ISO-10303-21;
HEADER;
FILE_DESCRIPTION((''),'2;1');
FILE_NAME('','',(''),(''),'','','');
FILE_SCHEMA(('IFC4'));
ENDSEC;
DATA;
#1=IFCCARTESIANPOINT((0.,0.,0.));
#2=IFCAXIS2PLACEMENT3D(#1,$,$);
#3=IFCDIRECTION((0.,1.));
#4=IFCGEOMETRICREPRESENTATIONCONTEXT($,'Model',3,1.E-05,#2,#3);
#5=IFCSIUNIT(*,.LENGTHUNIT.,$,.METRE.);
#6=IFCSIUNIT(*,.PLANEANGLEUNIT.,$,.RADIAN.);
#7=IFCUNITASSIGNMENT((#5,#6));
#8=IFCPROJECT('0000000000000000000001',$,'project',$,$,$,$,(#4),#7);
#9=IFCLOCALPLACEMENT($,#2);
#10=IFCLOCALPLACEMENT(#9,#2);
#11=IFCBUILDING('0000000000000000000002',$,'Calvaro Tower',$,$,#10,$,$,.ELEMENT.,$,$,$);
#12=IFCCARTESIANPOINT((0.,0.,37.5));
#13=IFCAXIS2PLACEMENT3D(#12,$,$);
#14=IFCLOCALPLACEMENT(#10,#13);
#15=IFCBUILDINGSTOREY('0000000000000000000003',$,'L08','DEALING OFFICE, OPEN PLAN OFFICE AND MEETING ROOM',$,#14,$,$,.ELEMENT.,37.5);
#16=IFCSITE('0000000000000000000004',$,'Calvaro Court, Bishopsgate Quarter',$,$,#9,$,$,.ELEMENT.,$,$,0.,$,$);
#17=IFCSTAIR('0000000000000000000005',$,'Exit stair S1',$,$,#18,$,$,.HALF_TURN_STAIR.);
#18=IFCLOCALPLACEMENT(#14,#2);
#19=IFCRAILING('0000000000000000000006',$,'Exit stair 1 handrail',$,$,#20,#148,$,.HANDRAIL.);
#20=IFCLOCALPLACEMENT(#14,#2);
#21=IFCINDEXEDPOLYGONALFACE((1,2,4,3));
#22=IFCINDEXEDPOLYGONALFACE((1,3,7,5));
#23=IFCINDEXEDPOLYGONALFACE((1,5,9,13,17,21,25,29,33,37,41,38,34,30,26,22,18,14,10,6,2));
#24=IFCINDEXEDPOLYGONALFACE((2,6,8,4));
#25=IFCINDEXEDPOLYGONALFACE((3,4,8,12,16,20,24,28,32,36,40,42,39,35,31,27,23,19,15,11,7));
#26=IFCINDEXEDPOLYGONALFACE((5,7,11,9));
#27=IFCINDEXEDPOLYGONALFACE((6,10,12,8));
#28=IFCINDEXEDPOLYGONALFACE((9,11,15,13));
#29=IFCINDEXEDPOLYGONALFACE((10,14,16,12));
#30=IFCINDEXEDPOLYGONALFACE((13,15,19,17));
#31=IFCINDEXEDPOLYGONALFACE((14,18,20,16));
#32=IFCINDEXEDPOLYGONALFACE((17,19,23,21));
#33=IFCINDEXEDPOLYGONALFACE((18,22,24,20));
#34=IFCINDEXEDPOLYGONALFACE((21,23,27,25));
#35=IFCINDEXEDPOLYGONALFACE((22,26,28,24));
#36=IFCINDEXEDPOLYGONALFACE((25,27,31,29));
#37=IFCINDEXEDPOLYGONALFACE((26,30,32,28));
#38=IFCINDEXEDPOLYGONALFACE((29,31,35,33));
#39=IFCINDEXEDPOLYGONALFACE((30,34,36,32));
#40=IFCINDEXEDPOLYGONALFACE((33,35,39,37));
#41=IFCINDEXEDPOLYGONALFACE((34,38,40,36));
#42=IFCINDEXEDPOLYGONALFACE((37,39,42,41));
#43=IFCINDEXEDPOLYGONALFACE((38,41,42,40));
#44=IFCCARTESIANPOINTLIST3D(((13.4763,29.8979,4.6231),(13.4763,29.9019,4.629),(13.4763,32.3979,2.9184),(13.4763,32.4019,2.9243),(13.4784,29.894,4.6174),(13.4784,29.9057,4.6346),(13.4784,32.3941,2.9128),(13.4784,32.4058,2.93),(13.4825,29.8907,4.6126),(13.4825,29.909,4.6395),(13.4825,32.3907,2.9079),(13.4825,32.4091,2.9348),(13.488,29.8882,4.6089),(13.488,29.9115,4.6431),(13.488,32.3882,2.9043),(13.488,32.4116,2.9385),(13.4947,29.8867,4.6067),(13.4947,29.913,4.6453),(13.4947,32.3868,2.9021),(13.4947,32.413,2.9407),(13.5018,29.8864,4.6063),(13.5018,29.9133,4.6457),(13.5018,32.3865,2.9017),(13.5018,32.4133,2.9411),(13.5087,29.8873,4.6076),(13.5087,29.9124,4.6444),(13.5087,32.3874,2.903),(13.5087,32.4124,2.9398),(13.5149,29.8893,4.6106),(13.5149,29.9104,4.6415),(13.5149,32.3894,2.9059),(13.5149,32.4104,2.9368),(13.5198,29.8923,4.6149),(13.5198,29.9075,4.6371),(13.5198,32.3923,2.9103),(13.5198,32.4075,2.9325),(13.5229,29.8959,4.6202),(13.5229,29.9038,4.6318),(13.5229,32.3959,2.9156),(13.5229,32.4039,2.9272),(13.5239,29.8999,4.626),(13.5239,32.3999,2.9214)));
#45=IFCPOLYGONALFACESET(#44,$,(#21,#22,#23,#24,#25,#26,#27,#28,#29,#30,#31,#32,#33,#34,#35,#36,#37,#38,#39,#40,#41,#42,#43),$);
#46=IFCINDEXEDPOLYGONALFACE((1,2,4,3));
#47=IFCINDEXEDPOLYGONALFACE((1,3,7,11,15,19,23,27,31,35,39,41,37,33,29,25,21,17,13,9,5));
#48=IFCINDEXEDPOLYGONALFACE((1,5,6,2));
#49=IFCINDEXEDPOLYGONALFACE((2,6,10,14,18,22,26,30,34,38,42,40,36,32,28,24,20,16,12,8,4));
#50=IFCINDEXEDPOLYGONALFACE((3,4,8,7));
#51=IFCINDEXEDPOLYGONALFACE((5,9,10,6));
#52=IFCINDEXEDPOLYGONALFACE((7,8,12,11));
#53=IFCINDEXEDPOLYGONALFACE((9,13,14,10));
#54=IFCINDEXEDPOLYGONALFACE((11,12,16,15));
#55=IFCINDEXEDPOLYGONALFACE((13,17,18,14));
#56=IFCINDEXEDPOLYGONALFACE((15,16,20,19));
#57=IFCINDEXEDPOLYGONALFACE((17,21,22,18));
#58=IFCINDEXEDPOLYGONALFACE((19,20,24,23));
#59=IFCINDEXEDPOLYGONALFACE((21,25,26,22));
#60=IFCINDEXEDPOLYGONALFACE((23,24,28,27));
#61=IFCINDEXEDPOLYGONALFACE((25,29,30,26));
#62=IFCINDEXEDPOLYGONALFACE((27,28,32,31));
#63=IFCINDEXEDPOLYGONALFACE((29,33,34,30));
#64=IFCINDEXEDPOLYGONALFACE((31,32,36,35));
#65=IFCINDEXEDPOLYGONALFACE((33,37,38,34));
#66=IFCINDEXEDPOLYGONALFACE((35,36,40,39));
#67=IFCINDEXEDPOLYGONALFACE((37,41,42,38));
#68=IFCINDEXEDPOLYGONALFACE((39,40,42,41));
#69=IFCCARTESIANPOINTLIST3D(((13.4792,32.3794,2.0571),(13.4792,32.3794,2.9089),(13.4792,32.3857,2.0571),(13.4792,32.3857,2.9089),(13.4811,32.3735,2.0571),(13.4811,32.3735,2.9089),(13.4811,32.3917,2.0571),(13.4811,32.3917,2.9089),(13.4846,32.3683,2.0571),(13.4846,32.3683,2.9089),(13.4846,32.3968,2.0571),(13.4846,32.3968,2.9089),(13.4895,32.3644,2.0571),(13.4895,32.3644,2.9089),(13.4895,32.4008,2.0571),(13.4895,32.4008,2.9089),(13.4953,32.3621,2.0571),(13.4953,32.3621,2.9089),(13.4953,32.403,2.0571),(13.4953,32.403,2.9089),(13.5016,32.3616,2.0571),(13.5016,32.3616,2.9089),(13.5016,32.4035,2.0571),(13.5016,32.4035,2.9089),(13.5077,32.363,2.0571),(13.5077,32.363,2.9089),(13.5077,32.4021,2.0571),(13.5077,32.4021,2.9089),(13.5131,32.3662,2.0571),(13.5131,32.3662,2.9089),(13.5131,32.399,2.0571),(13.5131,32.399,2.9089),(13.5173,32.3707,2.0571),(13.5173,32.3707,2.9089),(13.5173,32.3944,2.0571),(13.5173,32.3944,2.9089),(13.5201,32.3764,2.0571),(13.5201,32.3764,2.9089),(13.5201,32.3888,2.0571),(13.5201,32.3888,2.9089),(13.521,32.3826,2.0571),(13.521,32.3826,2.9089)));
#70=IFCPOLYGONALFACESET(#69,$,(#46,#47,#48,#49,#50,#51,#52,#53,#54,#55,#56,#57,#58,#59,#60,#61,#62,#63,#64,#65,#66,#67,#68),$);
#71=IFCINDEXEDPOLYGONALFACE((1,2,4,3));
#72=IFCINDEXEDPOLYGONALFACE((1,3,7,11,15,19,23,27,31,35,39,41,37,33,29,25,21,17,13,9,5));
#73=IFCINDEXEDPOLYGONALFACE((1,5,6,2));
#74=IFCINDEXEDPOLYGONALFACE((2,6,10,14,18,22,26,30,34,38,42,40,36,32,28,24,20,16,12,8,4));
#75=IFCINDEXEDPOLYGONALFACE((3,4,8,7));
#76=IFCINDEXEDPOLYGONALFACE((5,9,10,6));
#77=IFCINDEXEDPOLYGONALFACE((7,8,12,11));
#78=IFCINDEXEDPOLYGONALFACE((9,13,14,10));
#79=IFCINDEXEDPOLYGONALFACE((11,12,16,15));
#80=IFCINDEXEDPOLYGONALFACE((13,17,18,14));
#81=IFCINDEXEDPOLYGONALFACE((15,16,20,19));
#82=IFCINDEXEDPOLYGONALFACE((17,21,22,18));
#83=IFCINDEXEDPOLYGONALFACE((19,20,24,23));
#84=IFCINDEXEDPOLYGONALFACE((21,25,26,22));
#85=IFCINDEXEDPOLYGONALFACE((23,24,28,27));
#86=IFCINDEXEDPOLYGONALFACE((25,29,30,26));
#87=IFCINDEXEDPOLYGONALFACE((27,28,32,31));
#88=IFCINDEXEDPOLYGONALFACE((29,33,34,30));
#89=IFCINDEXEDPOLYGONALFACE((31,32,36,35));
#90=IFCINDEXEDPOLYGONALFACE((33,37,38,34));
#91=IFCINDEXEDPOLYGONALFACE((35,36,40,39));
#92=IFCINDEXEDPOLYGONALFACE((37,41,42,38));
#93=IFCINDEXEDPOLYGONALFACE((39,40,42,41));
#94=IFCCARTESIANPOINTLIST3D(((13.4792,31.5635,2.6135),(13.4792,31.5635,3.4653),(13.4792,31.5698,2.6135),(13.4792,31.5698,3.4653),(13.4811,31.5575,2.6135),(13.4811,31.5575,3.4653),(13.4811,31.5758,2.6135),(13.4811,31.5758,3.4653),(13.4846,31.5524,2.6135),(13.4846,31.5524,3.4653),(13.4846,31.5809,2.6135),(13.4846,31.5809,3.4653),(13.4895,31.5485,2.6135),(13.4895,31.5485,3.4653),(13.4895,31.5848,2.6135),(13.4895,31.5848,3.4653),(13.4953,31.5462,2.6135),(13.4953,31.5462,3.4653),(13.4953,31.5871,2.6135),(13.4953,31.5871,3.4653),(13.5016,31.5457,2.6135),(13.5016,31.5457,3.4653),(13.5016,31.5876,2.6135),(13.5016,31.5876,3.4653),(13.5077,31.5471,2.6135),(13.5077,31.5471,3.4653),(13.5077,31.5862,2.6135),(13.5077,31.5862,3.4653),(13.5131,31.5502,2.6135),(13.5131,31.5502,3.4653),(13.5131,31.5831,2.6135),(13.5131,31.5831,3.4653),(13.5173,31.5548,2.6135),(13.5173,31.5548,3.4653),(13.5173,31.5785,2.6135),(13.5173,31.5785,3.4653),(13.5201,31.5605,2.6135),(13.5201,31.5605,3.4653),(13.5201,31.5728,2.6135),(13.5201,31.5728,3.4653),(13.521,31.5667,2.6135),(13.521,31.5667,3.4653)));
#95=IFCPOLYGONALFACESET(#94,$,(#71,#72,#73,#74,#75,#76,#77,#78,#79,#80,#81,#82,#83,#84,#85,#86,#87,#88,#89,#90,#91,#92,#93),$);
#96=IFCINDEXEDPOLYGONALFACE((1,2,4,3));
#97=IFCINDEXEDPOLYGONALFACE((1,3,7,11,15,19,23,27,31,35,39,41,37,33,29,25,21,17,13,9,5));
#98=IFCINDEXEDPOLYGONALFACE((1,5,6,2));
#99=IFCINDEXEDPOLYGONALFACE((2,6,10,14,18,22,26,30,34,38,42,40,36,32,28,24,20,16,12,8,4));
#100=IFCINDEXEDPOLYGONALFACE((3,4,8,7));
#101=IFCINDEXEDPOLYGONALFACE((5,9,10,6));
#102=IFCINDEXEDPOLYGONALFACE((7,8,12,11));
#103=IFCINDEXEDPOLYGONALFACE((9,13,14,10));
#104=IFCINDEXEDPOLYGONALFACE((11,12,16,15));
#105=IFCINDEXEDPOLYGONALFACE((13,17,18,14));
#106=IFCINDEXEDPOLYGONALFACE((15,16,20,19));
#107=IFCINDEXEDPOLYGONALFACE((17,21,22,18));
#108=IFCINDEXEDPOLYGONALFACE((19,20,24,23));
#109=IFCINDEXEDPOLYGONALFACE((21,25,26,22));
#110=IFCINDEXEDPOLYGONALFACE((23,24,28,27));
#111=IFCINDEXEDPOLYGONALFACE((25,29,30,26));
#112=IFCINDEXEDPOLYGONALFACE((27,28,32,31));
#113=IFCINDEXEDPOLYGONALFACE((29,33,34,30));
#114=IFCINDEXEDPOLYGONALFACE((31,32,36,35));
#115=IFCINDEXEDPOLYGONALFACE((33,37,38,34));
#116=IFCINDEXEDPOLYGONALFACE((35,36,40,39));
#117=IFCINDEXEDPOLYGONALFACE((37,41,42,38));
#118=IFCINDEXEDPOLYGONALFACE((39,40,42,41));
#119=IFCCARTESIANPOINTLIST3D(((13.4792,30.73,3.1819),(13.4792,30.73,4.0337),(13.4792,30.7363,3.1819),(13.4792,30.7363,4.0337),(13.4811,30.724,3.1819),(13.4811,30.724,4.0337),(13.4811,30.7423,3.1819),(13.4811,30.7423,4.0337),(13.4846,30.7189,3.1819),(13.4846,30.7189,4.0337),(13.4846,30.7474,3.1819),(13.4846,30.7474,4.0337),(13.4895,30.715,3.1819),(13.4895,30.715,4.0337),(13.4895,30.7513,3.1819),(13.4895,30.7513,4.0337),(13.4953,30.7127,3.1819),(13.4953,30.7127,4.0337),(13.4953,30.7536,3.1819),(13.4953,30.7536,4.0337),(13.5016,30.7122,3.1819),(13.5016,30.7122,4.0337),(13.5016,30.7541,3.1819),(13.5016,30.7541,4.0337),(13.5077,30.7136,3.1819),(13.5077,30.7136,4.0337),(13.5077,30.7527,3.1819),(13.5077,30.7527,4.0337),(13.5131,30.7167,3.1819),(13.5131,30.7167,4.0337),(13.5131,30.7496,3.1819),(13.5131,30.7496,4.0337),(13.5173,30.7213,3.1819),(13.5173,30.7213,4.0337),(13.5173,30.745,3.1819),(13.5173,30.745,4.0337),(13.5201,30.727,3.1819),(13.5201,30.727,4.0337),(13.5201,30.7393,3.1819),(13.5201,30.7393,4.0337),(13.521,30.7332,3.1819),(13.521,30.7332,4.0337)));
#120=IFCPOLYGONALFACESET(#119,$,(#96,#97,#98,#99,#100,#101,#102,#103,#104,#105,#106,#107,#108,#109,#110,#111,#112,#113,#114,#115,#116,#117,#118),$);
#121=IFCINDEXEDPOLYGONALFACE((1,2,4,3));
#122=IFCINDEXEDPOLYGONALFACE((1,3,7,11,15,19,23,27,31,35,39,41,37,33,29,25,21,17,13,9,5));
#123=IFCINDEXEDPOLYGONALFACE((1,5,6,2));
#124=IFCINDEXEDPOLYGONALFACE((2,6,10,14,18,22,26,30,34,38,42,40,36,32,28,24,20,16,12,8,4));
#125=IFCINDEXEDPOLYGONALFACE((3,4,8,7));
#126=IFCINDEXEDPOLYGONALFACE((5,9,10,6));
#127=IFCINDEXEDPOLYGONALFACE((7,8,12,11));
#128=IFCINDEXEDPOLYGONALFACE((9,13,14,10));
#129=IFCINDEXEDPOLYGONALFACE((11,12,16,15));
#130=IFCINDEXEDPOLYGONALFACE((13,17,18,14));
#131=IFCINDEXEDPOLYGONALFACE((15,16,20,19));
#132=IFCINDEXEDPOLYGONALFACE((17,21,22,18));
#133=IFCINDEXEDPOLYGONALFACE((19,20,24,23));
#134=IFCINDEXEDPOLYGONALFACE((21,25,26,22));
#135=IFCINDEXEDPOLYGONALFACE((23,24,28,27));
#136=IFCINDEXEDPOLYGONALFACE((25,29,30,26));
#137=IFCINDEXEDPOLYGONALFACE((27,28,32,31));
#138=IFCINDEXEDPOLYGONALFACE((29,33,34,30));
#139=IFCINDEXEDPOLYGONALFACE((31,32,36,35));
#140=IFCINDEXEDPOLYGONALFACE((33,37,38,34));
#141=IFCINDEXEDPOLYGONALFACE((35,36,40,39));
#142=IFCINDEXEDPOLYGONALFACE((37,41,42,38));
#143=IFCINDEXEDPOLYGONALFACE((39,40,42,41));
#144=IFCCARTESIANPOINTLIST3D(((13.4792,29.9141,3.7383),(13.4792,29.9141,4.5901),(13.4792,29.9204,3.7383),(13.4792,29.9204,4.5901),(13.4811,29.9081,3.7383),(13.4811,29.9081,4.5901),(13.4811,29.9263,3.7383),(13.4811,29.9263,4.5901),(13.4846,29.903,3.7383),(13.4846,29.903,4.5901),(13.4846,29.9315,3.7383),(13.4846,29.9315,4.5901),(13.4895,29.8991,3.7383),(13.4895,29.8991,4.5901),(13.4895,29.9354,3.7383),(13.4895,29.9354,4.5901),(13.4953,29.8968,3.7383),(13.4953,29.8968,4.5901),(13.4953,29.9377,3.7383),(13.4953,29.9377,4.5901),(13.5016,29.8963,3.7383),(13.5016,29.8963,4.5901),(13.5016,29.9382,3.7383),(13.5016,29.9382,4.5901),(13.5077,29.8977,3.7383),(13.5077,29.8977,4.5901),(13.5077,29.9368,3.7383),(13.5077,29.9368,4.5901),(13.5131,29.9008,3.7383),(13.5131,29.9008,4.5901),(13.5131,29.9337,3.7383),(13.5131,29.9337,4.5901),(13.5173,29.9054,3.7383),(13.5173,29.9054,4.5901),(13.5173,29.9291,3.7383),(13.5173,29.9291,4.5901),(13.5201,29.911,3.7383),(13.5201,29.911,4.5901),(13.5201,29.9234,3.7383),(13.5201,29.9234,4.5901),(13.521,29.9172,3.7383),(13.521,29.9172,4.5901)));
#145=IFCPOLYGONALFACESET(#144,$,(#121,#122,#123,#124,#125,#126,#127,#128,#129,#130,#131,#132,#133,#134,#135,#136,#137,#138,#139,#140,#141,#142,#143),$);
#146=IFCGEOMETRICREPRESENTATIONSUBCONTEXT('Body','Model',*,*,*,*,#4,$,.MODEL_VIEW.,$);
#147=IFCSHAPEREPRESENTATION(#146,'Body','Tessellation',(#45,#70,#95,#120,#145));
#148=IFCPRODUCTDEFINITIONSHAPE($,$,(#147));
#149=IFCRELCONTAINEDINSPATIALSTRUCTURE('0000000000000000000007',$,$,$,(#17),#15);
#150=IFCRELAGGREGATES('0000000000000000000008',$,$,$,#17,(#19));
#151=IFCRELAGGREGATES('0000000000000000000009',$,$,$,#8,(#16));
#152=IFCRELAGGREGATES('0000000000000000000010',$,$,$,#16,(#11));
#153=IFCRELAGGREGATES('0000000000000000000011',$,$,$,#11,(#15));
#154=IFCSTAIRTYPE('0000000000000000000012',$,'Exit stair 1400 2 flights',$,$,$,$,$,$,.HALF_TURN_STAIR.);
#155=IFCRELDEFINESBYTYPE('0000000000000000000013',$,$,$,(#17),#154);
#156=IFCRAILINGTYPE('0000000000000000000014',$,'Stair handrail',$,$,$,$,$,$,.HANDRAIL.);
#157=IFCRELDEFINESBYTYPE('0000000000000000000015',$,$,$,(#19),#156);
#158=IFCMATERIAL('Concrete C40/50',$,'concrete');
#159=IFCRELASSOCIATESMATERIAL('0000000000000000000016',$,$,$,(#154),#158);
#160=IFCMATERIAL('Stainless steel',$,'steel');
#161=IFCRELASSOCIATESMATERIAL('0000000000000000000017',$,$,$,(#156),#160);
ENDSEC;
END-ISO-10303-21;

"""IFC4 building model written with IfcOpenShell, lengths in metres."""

from ifc_helpers import new_model, si_unit, direction, frame, origin, origin_2d, place, context, subcontext, project, spatial, circle, extrude, material, type_object, element, aggregate, save


model = new_model("IFC4")

# Units and contexts
model_context = context("Model", 3, precision=1e-05, world=origin(), true_north=direction((0.0, 1.0)))
body_context = subcontext(model_context, "Body", "Model", "MODEL_VIEW")
ifc_project = project(units=[si_unit("LENGTHUNIT", "METRE"), si_unit("PLANEANGLEUNIT", "RADIAN")], contexts=[model_context])

# Site, building, storey
site_placement = place(None, origin())
site = spatial("IfcSite", under=ifc_project, at=site_placement, Name="Calvaro Court, Bishopsgate Quarter", CompositionType="ELEMENT", RefElevation=0.0)
building_placement = place(site_placement, origin())
building = spatial("IfcBuilding", under=site, at=building_placement, Name="Calvaro Tower", CompositionType="ELEMENT")
storey_placement = place(building_placement, frame((0.0, 0.0, 37.5)))
storey = spatial("IfcBuildingStorey", under=building, at=storey_placement, Name="L08", Description="DEALING OFFICE, OPEN PLAN OFFICE AND MEETING ROOM", CompositionType="ELEMENT", Elevation=37.5)

# Stair, railing
ifc_material_1 = material(Name="Concrete C40/50", Category="concrete")
stair_type = type_object("IfcStairType", Name="Exit stair 1400 2 flights", PredefinedType="HALF_TURN_STAIR", material=ifc_material_1)
stair_placement = place(storey_placement, origin())
stair = element("IfcStair", 1, at=stair_placement, inside=storey, type_object=stair_type, Name="Exit stair S1", PredefinedType="HALF_TURN_STAIR")
ifc_material_2 = material(Name="Stainless steel", Category="steel")
railing_type = type_object("IfcRailingType", Name="Stair handrail", PredefinedType="HANDRAIL", material=ifc_material_2)
railing_1_placement = place(storey_placement, frame((13.5, 32.3999, 2.0454)))
railing_1 = element("IfcRailing", 2, at=railing_1_placement, type_object=railing_type, Name="Exit stair 1 handrail", PredefinedType="HANDRAIL", context=body_context, shape_type="SweptSolid", body=[
    extrude(circle(Radius=0.0239, at=origin_2d()), frame((0.0, 0.0, 0.876), z_axis=(0.0, -0.826221, 0.563347), x_axis=(1.0, 0.0, 0.0)), (0.0, 0.0, 1.0), 3.0259),
    extrude(circle(Radius=0.021, at=origin_2d()), frame((0.0, -0.0173, 0.0117)), (0.0, 0.0, 1.0), 0.8518),
    extrude(circle(Radius=0.021, at=origin_2d()), frame((0.0, -0.8333, 0.5681)), (0.0, 0.0, 1.0), 0.8518),
    extrude(circle(Radius=0.021, at=origin_2d()), frame((0.0, -1.6667, 1.1365)), (0.0, 0.0, 1.0), 0.8518),
    extrude(circle(Radius=0.021, at=origin_2d()), frame((0.0, -2.4827, 1.6929)), (0.0, 0.0, 1.0), 0.8518),
])
aggregate(stair, [railing_1])

save(model, "model.ifc")
